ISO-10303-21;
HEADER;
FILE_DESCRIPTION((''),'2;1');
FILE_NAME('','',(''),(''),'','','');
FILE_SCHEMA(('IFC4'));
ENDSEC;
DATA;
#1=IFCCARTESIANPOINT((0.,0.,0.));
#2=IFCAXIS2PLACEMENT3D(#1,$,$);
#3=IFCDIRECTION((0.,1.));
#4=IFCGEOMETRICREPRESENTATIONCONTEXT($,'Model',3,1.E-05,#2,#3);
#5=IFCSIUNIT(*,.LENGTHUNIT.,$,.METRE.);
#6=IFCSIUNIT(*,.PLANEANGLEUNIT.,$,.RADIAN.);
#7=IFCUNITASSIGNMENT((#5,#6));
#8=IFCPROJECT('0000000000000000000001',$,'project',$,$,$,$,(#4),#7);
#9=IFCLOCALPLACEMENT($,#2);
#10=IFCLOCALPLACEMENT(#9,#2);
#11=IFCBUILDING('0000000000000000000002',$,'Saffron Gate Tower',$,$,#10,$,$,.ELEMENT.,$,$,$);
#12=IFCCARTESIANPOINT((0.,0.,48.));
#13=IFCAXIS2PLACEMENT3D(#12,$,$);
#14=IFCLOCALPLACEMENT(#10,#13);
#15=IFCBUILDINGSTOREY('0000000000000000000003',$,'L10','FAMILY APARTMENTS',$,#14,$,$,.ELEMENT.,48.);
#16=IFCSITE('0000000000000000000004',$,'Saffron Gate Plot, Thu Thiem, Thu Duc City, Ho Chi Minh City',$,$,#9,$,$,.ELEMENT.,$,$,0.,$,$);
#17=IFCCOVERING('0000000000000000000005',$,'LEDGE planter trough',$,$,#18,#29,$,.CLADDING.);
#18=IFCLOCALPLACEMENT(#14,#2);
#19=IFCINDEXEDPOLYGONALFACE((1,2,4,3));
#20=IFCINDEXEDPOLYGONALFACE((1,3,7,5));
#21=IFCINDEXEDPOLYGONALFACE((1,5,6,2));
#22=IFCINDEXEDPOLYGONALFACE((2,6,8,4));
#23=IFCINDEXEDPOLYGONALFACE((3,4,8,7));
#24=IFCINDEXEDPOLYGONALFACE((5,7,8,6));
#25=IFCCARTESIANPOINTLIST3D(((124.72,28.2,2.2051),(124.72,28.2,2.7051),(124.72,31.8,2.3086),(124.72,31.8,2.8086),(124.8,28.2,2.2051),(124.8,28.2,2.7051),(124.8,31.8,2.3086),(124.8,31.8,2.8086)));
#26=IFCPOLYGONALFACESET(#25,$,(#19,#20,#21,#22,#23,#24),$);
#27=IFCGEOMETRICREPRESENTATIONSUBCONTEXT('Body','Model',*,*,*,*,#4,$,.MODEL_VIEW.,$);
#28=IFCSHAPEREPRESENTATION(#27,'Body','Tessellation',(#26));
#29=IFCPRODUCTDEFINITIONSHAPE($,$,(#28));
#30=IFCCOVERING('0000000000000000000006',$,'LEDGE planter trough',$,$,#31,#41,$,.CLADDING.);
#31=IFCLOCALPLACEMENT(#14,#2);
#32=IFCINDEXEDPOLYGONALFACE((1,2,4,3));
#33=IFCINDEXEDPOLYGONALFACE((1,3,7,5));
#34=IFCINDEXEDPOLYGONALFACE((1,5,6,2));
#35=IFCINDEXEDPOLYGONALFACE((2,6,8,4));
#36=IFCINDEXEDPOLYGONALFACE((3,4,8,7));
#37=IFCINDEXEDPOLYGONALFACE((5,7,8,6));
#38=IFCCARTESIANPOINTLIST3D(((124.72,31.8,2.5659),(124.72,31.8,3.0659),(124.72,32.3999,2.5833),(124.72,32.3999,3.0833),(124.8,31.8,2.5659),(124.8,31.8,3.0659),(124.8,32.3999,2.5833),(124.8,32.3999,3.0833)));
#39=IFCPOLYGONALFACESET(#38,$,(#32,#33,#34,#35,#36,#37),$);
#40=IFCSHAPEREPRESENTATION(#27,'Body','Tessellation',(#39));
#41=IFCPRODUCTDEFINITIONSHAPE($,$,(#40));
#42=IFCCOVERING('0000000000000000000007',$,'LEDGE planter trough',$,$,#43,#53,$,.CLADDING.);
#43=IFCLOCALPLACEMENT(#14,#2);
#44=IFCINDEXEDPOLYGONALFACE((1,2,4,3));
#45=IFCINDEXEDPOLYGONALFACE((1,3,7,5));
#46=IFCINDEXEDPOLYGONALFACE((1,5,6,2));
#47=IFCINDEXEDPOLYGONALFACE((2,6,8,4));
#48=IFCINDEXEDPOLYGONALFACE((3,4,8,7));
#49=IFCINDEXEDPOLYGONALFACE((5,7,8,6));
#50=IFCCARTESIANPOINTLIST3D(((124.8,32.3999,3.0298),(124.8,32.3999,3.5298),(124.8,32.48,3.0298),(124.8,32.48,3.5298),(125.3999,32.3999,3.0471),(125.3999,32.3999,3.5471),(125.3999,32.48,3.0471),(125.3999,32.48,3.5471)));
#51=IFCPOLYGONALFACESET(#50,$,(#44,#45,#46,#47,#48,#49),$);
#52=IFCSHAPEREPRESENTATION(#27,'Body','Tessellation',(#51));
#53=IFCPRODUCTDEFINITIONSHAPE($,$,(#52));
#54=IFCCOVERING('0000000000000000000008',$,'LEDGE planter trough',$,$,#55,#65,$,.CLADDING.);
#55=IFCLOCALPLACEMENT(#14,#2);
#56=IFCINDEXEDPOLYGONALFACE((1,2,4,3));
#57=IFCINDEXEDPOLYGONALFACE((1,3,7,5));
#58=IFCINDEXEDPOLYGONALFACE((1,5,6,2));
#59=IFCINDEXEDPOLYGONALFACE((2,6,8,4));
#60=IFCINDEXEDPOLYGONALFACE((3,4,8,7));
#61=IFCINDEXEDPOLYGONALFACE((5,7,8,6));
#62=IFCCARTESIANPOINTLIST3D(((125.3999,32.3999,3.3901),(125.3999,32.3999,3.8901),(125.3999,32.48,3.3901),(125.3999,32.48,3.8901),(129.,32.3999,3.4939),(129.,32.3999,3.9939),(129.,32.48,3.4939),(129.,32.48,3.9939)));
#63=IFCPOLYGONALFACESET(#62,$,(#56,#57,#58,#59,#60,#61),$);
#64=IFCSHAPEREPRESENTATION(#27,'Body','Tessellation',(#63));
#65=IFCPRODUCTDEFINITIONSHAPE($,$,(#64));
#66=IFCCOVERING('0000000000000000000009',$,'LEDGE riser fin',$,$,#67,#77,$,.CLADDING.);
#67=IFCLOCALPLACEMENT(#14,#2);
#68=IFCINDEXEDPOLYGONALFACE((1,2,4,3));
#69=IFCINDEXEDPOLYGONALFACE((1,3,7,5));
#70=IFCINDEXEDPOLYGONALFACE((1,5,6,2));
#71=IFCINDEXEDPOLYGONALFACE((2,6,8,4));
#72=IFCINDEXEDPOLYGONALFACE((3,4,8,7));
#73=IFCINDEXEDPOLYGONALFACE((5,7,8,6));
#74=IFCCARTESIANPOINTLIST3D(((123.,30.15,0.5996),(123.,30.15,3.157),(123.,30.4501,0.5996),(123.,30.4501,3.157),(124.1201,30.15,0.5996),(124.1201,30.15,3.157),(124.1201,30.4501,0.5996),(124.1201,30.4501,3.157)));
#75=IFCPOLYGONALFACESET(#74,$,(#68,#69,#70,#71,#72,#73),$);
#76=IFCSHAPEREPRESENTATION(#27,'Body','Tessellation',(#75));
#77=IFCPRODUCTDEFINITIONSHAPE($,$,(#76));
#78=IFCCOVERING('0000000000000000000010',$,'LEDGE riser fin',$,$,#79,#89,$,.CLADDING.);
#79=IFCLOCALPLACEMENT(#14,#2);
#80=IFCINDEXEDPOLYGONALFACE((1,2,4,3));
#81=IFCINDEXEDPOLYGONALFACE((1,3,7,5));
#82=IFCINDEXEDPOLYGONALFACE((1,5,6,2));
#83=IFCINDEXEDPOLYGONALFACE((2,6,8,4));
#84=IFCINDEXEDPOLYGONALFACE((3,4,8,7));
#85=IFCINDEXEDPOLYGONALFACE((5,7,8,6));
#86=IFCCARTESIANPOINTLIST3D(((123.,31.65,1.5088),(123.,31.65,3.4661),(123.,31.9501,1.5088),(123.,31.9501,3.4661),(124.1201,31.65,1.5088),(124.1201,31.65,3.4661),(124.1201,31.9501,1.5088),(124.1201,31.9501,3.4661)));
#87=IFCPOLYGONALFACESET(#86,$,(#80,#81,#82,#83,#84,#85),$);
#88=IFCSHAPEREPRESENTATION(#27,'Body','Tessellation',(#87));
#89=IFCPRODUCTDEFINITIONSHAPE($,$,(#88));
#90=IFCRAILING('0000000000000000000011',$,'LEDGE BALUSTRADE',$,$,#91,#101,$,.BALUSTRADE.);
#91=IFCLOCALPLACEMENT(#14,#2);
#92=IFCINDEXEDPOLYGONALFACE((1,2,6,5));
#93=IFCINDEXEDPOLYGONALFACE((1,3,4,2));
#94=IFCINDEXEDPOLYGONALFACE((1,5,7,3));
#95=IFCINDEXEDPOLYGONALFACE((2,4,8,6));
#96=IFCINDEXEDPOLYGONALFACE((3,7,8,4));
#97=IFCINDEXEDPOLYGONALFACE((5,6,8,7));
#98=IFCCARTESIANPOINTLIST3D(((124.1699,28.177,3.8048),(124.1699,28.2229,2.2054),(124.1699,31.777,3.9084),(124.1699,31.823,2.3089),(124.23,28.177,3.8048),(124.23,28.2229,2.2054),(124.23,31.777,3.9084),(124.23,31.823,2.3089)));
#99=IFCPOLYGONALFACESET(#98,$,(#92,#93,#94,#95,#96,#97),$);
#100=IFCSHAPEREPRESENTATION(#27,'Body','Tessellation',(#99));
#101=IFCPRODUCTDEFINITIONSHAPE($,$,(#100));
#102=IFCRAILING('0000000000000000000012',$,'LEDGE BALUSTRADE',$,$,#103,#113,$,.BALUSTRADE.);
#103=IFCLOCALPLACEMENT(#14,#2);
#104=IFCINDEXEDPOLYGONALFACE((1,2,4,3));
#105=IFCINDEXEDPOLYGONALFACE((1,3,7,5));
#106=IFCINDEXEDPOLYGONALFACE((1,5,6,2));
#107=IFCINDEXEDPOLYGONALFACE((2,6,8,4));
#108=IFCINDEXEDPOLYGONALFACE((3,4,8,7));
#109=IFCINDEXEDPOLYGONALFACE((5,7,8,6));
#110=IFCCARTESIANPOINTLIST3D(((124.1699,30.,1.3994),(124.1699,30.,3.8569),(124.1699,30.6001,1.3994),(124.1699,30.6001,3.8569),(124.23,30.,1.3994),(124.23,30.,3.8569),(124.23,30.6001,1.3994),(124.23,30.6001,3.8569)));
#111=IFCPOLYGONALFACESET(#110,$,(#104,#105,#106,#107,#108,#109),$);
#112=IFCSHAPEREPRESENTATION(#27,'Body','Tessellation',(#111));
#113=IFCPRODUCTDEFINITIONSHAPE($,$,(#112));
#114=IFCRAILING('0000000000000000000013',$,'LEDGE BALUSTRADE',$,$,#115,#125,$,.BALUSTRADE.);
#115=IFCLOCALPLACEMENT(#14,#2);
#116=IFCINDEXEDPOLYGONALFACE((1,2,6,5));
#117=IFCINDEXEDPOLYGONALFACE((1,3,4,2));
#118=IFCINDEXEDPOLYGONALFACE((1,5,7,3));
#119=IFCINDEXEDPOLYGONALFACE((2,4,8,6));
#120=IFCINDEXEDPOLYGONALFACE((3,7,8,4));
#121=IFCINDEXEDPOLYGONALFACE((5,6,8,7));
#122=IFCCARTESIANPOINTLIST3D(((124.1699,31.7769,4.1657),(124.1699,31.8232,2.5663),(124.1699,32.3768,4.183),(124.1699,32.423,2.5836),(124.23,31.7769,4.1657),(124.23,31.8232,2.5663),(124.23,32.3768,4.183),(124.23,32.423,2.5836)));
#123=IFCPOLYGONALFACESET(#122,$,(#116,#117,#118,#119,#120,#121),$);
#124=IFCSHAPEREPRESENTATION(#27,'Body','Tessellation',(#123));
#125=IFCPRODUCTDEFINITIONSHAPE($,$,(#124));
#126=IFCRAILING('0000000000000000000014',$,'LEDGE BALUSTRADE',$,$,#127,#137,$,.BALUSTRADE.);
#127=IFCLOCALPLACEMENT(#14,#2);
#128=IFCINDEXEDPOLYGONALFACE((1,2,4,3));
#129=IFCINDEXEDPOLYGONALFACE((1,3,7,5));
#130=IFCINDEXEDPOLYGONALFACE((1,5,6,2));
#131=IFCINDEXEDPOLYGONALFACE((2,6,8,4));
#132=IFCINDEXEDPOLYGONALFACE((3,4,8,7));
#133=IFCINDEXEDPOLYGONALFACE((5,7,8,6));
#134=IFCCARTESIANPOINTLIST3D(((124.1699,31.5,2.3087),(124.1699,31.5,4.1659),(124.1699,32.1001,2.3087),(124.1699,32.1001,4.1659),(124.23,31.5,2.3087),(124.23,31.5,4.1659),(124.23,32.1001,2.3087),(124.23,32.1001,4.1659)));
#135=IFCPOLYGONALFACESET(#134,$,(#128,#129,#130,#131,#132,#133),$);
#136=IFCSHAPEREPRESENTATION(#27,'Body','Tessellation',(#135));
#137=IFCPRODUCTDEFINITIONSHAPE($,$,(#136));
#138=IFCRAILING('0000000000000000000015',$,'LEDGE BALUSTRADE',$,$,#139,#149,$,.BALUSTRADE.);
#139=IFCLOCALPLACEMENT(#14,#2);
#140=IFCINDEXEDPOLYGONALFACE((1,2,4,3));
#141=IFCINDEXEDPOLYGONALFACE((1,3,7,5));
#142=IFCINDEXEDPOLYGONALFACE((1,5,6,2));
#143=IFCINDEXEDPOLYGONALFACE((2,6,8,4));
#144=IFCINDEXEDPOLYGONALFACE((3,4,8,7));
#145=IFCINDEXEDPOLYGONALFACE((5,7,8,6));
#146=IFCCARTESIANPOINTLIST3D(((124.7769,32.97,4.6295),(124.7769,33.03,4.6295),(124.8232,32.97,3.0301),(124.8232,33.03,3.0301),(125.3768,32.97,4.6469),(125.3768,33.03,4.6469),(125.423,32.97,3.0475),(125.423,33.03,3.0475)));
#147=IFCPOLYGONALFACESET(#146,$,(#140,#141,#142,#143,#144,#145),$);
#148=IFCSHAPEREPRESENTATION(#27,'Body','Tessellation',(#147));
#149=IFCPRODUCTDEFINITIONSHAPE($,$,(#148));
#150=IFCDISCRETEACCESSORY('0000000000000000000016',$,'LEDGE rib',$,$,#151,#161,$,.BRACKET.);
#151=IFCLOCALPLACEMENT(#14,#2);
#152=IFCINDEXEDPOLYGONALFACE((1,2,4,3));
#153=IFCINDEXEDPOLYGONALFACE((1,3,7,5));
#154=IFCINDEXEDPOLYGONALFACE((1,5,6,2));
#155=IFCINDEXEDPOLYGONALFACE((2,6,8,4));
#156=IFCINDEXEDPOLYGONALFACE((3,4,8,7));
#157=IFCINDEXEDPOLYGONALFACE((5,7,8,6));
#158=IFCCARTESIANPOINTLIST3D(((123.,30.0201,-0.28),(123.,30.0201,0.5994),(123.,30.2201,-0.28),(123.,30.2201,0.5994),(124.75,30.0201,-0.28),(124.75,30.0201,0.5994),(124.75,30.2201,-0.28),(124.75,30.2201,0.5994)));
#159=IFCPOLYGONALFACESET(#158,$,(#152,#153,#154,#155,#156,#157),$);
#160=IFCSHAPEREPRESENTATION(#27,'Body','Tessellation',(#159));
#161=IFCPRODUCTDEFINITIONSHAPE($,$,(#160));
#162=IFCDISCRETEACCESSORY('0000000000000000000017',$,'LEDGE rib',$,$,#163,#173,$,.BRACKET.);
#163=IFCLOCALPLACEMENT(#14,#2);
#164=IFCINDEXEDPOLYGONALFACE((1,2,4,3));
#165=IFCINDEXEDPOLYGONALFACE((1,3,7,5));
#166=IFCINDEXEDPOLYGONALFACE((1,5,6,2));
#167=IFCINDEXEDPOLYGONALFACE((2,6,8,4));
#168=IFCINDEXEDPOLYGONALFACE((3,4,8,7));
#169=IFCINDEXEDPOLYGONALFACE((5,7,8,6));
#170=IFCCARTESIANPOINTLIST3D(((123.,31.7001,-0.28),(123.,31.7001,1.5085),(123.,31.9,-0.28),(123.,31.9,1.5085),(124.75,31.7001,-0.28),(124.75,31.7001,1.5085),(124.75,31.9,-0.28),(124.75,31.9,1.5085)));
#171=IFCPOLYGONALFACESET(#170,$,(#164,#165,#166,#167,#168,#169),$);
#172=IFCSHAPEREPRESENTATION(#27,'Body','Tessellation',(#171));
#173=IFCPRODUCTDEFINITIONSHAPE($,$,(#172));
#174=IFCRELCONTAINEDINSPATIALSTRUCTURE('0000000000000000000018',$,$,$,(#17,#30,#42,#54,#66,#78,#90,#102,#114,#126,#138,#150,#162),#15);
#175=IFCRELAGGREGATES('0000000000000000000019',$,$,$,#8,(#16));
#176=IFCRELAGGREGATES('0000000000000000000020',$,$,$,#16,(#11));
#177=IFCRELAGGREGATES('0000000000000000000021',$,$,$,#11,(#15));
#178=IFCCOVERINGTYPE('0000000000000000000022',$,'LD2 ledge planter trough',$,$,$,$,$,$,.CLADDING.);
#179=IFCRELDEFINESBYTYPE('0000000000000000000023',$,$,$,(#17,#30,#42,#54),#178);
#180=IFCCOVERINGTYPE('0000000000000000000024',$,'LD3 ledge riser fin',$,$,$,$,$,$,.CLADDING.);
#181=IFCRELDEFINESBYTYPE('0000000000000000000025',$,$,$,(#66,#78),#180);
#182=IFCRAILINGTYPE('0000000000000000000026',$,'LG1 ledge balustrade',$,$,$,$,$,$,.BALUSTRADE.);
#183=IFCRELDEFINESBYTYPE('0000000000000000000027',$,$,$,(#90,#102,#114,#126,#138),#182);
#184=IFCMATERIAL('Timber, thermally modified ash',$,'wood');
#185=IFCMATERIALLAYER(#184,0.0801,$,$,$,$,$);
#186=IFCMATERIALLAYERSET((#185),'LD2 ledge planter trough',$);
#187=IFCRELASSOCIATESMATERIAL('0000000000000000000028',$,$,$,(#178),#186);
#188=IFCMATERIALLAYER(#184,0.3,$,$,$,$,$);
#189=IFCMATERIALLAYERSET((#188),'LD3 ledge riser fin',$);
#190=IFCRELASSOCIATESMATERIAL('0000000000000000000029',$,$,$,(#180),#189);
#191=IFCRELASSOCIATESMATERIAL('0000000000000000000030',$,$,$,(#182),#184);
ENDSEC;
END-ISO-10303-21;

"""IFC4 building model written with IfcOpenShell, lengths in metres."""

from ifc_helpers import new_model, si_unit, direction, frame, origin, origin_2d, place, context, subcontext, project, spatial, polyline, rectangle, outline, extrude, material, layer, layer_set, type_object, element, save


model = new_model("IFC4")

# Units and contexts
model_context = context("Model", 3, precision=1e-05, world=origin(), true_north=direction((0.0, 1.0)))
body_context = subcontext(model_context, "Body", "Model", "MODEL_VIEW")
ifc_project = project(units=[si_unit("LENGTHUNIT", "METRE"), si_unit("PLANEANGLEUNIT", "RADIAN")], contexts=[model_context])

# Site, building, storey
site_placement = place(None, origin())
site = spatial("IfcSite", under=ifc_project, at=site_placement, Name="Saffron Gate Plot, Thu Thiem, Thu Duc City, Ho Chi Minh City", CompositionType="ELEMENT", RefElevation=0.0)
building_placement = place(site_placement, origin())
building = spatial("IfcBuilding", under=site, at=building_placement, Name="Saffron Gate Tower", CompositionType="ELEMENT")
storey_placement = place(building_placement, frame((0.0, 0.0, 48.0)))
storey = spatial("IfcBuildingStorey", under=building, at=storey_placement, Name="L10", Description="FAMILY APARTMENTS", CompositionType="ELEMENT", Elevation=48.0)

# Coverings
ifc_material = material(Name="Timber, thermally modified ash", Category="wood")
ifc_layer_1 = layer(ifc_material, 0.0801)
ifc_layer_set_1 = layer_set([ifc_layer_1], Name="LD2 ledge planter trough")
covering_type_1 = type_object("IfcCoveringType", Name="LD2 ledge planter trough", PredefinedType="CLADDING", material=ifc_layer_set_1)
covering_1_placement = place(storey_placement, frame((124.8, 28.2, 2.2051), z_axis=(1.0, 0.0, 0.0), x_axis=(0.0, 0.999587, 0.028742)))
element("IfcCovering", 1, at=covering_1_placement, inside=storey, type_object=covering_type_1, Name="LEDGE planter trough", PredefinedType="CLADDING", context=body_context, shape_type="SweptSolid", body=[
    extrude(outline(polyline([(0.0, 0.0), (3.6016, 0.0), (3.616, 0.4998), (0.0144, 0.4998), (0.0, 0.0)])), origin(), (0.0, 0.0, -1.0), 0.0801),
])
for number, where, z_axis, x_axis, name in (
    (2, (124.8, 31.8, 2.5659), (1.0, 0.0, 0.0), (0.0, 0.999583, 0.028885), "LEDGE planter trough"),
    (3, (124.8, 32.3999, 3.0298), (0.0, -1.0, 0.0), (0.999583, 0.0, 0.028885), "LEDGE planter trough"),
):
    element("IfcCovering", number, at=place(storey_placement, frame(where, z_axis=z_axis, x_axis=x_axis)), inside=storey, type_object=covering_type_1, Name=name, PredefinedType="CLADDING", context=body_context, shape_type="SweptSolid", body=[
        extrude(outline(polyline([(0.0, 0.0), (0.6001, 0.0), (0.6145, 0.4998), (0.0144, 0.4998), (0.0, 0.0)])), origin(), (0.0, 0.0, -1.0), 0.0801),
    ])
covering_2_placement = place(storey_placement, frame((125.3999, 32.3999, 3.3901), z_axis=(0.0, -1.0, 0.0), x_axis=(0.999585, 0.0, 0.028809)))
element("IfcCovering", 4, at=covering_2_placement, inside=storey, type_object=covering_type_1, Name="LEDGE planter trough", PredefinedType="CLADDING", context=body_context, shape_type="SweptSolid", body=[
    extrude(outline(polyline([(0.0, 0.0), (3.6016, 0.0), (3.616, 0.4998), (0.0144, 0.4998), (0.0, 0.0)])), origin(), (0.0, 0.0, -1.0), 0.0801),
])
ifc_layer_2 = layer(ifc_material, 0.3)
ifc_layer_set_2 = layer_set([ifc_layer_2], Name="LD3 ledge riser fin")
covering_type_2 = type_object("IfcCoveringType", Name="LD3 ledge riser fin", PredefinedType="CLADDING", material=ifc_layer_set_2)
covering_3_placement = place(storey_placement, frame((123.5601, 30.3, 0.5996), z_axis=(0.0, 0.0, 1.0), x_axis=(0.0, 1.0, 0.0)))
element("IfcCovering", 5, at=covering_3_placement, inside=storey, type_object=covering_type_2, Name="LEDGE riser fin", PredefinedType="CLADDING", context=body_context, shape_type="SweptSolid", body=[
    extrude(rectangle(XDim=0.3, YDim=1.1201, at=origin_2d()), origin(), (0.0, 0.0, 1.0), 2.5574),
])
covering_4_placement = place(storey_placement, frame((123.5601, 31.8, 1.5088), z_axis=(0.0, 0.0, 1.0), x_axis=(0.0, 1.0, 0.0)))
element("IfcCovering", 6, at=covering_4_placement, inside=storey, type_object=covering_type_2, Name="LEDGE riser fin", PredefinedType="CLADDING", context=body_context, shape_type="SweptSolid", body=[
    extrude(rectangle(XDim=0.3, YDim=1.1201, at=origin_2d()), origin(), (0.0, 0.0, 1.0), 1.9573),
])

# Railings
railing_type = type_object("IfcRailingType", Name="LG1 ledge balustrade", PredefinedType="BALUSTRADE", material=ifc_material)
railing_1_placement = place(storey_placement, frame((124.2, 28.2, 2.2051)))
element("IfcRailing", 7, at=railing_1_placement, inside=storey, type_object=railing_type, Name="LEDGE BALUSTRADE", PredefinedType="BALUSTRADE", context=body_context, shape_type="SweptSolid", body=[
    extrude(rectangle(XDim=0.0601, YDim=1.6001, at=origin_2d()), frame((0.0, 0.0, 0.8), z_axis=(0.0, 0.999587, 0.028742), x_axis=(-1.0, 0.0, 0.0)), (0.0, 0.0, 1.0), 3.6016),
])
railing_2_placement = place(storey_placement, frame((124.2, 30.0, 1.3994)))
element("IfcRailing", 8, at=railing_2_placement, inside=storey, type_object=railing_type, Name="LEDGE BALUSTRADE", PredefinedType="BALUSTRADE", context=body_context, shape_type="SweptSolid", body=[
    extrude(rectangle(XDim=0.0601, YDim=2.4575, at=origin_2d()), frame((0.0, 0.0, 1.2288), z_axis=(0.0, 1.0, 0.0), x_axis=(-1.0, 0.0, 0.0)), (0.0, 0.0, 1.0), 0.6001),
])
railing_3_placement = place(storey_placement, frame((124.2, 31.8, 2.5659)))
element("IfcRailing", 9, at=railing_3_placement, inside=storey, type_object=railing_type, Name="LEDGE BALUSTRADE", PredefinedType="BALUSTRADE", context=body_context, shape_type="SweptSolid", body=[
    extrude(rectangle(XDim=0.0601, YDim=1.6001, at=origin_2d()), frame((0.0, 0.0, 0.8), z_axis=(0.0, 0.999583, 0.028885), x_axis=(-1.0, 0.0, 0.0)), (0.0, 0.0, 1.0), 0.6001),
])
railing_4_placement = place(storey_placement, frame((124.2, 31.5, 2.3086)))
element("IfcRailing", 10, at=railing_4_placement, inside=storey, type_object=railing_type, Name="LEDGE BALUSTRADE", PredefinedType="BALUSTRADE", context=body_context, shape_type="SweptSolid", body=[
    extrude(rectangle(XDim=0.0601, YDim=1.8572, at=origin_2d()), frame((0.0, 0.0, 0.9287), z_axis=(0.0, 1.0, 0.0), x_axis=(-1.0, 0.0, 0.0)), (0.0, 0.0, 1.0), 0.6001),
])
railing_5_placement = place(storey_placement, frame((124.8, 33.0, 3.0298)))
element("IfcRailing", 11, at=railing_5_placement, inside=storey, type_object=railing_type, Name="LEDGE BALUSTRADE", PredefinedType="BALUSTRADE", context=body_context, shape_type="SweptSolid", body=[
    extrude(rectangle(XDim=0.0601, YDim=1.6001, at=origin_2d()), frame((0.0, 0.0, 0.8), z_axis=(0.999583, 0.0, 0.028885), x_axis=(0.0, 1.0, 0.0)), (0.0, 0.0, 1.0), 0.6001),
])

# Discrete accessories
discrete_accessory_1_placement = place(storey_placement, frame((123.875, 30.1201, -0.28), z_axis=(0.0, 0.0, 1.0), x_axis=(0.0, 1.0, 0.0)))
element("IfcDiscreteAccessory", 12, at=discrete_accessory_1_placement, inside=storey, Name="LEDGE rib", PredefinedType="BRACKET", context=body_context, shape_type="SweptSolid", body=[
    extrude(rectangle(XDim=0.2, YDim=1.75, at=origin_2d()), origin(), (0.0, 0.0, 1.0), 0.8794),
])
discrete_accessory_2_placement = place(storey_placement, frame((123.875, 31.8, -0.28), z_axis=(0.0, 0.0, 1.0), x_axis=(0.0, 1.0, 0.0)))
element("IfcDiscreteAccessory", 13, at=discrete_accessory_2_placement, inside=storey, Name="LEDGE rib", PredefinedType="BRACKET", context=body_context, shape_type="SweptSolid", body=[
    extrude(rectangle(XDim=0.2, YDim=1.75, at=origin_2d()), origin(), (0.0, 0.0, 1.0), 1.7886),
])

save(model, "model.ifc")
